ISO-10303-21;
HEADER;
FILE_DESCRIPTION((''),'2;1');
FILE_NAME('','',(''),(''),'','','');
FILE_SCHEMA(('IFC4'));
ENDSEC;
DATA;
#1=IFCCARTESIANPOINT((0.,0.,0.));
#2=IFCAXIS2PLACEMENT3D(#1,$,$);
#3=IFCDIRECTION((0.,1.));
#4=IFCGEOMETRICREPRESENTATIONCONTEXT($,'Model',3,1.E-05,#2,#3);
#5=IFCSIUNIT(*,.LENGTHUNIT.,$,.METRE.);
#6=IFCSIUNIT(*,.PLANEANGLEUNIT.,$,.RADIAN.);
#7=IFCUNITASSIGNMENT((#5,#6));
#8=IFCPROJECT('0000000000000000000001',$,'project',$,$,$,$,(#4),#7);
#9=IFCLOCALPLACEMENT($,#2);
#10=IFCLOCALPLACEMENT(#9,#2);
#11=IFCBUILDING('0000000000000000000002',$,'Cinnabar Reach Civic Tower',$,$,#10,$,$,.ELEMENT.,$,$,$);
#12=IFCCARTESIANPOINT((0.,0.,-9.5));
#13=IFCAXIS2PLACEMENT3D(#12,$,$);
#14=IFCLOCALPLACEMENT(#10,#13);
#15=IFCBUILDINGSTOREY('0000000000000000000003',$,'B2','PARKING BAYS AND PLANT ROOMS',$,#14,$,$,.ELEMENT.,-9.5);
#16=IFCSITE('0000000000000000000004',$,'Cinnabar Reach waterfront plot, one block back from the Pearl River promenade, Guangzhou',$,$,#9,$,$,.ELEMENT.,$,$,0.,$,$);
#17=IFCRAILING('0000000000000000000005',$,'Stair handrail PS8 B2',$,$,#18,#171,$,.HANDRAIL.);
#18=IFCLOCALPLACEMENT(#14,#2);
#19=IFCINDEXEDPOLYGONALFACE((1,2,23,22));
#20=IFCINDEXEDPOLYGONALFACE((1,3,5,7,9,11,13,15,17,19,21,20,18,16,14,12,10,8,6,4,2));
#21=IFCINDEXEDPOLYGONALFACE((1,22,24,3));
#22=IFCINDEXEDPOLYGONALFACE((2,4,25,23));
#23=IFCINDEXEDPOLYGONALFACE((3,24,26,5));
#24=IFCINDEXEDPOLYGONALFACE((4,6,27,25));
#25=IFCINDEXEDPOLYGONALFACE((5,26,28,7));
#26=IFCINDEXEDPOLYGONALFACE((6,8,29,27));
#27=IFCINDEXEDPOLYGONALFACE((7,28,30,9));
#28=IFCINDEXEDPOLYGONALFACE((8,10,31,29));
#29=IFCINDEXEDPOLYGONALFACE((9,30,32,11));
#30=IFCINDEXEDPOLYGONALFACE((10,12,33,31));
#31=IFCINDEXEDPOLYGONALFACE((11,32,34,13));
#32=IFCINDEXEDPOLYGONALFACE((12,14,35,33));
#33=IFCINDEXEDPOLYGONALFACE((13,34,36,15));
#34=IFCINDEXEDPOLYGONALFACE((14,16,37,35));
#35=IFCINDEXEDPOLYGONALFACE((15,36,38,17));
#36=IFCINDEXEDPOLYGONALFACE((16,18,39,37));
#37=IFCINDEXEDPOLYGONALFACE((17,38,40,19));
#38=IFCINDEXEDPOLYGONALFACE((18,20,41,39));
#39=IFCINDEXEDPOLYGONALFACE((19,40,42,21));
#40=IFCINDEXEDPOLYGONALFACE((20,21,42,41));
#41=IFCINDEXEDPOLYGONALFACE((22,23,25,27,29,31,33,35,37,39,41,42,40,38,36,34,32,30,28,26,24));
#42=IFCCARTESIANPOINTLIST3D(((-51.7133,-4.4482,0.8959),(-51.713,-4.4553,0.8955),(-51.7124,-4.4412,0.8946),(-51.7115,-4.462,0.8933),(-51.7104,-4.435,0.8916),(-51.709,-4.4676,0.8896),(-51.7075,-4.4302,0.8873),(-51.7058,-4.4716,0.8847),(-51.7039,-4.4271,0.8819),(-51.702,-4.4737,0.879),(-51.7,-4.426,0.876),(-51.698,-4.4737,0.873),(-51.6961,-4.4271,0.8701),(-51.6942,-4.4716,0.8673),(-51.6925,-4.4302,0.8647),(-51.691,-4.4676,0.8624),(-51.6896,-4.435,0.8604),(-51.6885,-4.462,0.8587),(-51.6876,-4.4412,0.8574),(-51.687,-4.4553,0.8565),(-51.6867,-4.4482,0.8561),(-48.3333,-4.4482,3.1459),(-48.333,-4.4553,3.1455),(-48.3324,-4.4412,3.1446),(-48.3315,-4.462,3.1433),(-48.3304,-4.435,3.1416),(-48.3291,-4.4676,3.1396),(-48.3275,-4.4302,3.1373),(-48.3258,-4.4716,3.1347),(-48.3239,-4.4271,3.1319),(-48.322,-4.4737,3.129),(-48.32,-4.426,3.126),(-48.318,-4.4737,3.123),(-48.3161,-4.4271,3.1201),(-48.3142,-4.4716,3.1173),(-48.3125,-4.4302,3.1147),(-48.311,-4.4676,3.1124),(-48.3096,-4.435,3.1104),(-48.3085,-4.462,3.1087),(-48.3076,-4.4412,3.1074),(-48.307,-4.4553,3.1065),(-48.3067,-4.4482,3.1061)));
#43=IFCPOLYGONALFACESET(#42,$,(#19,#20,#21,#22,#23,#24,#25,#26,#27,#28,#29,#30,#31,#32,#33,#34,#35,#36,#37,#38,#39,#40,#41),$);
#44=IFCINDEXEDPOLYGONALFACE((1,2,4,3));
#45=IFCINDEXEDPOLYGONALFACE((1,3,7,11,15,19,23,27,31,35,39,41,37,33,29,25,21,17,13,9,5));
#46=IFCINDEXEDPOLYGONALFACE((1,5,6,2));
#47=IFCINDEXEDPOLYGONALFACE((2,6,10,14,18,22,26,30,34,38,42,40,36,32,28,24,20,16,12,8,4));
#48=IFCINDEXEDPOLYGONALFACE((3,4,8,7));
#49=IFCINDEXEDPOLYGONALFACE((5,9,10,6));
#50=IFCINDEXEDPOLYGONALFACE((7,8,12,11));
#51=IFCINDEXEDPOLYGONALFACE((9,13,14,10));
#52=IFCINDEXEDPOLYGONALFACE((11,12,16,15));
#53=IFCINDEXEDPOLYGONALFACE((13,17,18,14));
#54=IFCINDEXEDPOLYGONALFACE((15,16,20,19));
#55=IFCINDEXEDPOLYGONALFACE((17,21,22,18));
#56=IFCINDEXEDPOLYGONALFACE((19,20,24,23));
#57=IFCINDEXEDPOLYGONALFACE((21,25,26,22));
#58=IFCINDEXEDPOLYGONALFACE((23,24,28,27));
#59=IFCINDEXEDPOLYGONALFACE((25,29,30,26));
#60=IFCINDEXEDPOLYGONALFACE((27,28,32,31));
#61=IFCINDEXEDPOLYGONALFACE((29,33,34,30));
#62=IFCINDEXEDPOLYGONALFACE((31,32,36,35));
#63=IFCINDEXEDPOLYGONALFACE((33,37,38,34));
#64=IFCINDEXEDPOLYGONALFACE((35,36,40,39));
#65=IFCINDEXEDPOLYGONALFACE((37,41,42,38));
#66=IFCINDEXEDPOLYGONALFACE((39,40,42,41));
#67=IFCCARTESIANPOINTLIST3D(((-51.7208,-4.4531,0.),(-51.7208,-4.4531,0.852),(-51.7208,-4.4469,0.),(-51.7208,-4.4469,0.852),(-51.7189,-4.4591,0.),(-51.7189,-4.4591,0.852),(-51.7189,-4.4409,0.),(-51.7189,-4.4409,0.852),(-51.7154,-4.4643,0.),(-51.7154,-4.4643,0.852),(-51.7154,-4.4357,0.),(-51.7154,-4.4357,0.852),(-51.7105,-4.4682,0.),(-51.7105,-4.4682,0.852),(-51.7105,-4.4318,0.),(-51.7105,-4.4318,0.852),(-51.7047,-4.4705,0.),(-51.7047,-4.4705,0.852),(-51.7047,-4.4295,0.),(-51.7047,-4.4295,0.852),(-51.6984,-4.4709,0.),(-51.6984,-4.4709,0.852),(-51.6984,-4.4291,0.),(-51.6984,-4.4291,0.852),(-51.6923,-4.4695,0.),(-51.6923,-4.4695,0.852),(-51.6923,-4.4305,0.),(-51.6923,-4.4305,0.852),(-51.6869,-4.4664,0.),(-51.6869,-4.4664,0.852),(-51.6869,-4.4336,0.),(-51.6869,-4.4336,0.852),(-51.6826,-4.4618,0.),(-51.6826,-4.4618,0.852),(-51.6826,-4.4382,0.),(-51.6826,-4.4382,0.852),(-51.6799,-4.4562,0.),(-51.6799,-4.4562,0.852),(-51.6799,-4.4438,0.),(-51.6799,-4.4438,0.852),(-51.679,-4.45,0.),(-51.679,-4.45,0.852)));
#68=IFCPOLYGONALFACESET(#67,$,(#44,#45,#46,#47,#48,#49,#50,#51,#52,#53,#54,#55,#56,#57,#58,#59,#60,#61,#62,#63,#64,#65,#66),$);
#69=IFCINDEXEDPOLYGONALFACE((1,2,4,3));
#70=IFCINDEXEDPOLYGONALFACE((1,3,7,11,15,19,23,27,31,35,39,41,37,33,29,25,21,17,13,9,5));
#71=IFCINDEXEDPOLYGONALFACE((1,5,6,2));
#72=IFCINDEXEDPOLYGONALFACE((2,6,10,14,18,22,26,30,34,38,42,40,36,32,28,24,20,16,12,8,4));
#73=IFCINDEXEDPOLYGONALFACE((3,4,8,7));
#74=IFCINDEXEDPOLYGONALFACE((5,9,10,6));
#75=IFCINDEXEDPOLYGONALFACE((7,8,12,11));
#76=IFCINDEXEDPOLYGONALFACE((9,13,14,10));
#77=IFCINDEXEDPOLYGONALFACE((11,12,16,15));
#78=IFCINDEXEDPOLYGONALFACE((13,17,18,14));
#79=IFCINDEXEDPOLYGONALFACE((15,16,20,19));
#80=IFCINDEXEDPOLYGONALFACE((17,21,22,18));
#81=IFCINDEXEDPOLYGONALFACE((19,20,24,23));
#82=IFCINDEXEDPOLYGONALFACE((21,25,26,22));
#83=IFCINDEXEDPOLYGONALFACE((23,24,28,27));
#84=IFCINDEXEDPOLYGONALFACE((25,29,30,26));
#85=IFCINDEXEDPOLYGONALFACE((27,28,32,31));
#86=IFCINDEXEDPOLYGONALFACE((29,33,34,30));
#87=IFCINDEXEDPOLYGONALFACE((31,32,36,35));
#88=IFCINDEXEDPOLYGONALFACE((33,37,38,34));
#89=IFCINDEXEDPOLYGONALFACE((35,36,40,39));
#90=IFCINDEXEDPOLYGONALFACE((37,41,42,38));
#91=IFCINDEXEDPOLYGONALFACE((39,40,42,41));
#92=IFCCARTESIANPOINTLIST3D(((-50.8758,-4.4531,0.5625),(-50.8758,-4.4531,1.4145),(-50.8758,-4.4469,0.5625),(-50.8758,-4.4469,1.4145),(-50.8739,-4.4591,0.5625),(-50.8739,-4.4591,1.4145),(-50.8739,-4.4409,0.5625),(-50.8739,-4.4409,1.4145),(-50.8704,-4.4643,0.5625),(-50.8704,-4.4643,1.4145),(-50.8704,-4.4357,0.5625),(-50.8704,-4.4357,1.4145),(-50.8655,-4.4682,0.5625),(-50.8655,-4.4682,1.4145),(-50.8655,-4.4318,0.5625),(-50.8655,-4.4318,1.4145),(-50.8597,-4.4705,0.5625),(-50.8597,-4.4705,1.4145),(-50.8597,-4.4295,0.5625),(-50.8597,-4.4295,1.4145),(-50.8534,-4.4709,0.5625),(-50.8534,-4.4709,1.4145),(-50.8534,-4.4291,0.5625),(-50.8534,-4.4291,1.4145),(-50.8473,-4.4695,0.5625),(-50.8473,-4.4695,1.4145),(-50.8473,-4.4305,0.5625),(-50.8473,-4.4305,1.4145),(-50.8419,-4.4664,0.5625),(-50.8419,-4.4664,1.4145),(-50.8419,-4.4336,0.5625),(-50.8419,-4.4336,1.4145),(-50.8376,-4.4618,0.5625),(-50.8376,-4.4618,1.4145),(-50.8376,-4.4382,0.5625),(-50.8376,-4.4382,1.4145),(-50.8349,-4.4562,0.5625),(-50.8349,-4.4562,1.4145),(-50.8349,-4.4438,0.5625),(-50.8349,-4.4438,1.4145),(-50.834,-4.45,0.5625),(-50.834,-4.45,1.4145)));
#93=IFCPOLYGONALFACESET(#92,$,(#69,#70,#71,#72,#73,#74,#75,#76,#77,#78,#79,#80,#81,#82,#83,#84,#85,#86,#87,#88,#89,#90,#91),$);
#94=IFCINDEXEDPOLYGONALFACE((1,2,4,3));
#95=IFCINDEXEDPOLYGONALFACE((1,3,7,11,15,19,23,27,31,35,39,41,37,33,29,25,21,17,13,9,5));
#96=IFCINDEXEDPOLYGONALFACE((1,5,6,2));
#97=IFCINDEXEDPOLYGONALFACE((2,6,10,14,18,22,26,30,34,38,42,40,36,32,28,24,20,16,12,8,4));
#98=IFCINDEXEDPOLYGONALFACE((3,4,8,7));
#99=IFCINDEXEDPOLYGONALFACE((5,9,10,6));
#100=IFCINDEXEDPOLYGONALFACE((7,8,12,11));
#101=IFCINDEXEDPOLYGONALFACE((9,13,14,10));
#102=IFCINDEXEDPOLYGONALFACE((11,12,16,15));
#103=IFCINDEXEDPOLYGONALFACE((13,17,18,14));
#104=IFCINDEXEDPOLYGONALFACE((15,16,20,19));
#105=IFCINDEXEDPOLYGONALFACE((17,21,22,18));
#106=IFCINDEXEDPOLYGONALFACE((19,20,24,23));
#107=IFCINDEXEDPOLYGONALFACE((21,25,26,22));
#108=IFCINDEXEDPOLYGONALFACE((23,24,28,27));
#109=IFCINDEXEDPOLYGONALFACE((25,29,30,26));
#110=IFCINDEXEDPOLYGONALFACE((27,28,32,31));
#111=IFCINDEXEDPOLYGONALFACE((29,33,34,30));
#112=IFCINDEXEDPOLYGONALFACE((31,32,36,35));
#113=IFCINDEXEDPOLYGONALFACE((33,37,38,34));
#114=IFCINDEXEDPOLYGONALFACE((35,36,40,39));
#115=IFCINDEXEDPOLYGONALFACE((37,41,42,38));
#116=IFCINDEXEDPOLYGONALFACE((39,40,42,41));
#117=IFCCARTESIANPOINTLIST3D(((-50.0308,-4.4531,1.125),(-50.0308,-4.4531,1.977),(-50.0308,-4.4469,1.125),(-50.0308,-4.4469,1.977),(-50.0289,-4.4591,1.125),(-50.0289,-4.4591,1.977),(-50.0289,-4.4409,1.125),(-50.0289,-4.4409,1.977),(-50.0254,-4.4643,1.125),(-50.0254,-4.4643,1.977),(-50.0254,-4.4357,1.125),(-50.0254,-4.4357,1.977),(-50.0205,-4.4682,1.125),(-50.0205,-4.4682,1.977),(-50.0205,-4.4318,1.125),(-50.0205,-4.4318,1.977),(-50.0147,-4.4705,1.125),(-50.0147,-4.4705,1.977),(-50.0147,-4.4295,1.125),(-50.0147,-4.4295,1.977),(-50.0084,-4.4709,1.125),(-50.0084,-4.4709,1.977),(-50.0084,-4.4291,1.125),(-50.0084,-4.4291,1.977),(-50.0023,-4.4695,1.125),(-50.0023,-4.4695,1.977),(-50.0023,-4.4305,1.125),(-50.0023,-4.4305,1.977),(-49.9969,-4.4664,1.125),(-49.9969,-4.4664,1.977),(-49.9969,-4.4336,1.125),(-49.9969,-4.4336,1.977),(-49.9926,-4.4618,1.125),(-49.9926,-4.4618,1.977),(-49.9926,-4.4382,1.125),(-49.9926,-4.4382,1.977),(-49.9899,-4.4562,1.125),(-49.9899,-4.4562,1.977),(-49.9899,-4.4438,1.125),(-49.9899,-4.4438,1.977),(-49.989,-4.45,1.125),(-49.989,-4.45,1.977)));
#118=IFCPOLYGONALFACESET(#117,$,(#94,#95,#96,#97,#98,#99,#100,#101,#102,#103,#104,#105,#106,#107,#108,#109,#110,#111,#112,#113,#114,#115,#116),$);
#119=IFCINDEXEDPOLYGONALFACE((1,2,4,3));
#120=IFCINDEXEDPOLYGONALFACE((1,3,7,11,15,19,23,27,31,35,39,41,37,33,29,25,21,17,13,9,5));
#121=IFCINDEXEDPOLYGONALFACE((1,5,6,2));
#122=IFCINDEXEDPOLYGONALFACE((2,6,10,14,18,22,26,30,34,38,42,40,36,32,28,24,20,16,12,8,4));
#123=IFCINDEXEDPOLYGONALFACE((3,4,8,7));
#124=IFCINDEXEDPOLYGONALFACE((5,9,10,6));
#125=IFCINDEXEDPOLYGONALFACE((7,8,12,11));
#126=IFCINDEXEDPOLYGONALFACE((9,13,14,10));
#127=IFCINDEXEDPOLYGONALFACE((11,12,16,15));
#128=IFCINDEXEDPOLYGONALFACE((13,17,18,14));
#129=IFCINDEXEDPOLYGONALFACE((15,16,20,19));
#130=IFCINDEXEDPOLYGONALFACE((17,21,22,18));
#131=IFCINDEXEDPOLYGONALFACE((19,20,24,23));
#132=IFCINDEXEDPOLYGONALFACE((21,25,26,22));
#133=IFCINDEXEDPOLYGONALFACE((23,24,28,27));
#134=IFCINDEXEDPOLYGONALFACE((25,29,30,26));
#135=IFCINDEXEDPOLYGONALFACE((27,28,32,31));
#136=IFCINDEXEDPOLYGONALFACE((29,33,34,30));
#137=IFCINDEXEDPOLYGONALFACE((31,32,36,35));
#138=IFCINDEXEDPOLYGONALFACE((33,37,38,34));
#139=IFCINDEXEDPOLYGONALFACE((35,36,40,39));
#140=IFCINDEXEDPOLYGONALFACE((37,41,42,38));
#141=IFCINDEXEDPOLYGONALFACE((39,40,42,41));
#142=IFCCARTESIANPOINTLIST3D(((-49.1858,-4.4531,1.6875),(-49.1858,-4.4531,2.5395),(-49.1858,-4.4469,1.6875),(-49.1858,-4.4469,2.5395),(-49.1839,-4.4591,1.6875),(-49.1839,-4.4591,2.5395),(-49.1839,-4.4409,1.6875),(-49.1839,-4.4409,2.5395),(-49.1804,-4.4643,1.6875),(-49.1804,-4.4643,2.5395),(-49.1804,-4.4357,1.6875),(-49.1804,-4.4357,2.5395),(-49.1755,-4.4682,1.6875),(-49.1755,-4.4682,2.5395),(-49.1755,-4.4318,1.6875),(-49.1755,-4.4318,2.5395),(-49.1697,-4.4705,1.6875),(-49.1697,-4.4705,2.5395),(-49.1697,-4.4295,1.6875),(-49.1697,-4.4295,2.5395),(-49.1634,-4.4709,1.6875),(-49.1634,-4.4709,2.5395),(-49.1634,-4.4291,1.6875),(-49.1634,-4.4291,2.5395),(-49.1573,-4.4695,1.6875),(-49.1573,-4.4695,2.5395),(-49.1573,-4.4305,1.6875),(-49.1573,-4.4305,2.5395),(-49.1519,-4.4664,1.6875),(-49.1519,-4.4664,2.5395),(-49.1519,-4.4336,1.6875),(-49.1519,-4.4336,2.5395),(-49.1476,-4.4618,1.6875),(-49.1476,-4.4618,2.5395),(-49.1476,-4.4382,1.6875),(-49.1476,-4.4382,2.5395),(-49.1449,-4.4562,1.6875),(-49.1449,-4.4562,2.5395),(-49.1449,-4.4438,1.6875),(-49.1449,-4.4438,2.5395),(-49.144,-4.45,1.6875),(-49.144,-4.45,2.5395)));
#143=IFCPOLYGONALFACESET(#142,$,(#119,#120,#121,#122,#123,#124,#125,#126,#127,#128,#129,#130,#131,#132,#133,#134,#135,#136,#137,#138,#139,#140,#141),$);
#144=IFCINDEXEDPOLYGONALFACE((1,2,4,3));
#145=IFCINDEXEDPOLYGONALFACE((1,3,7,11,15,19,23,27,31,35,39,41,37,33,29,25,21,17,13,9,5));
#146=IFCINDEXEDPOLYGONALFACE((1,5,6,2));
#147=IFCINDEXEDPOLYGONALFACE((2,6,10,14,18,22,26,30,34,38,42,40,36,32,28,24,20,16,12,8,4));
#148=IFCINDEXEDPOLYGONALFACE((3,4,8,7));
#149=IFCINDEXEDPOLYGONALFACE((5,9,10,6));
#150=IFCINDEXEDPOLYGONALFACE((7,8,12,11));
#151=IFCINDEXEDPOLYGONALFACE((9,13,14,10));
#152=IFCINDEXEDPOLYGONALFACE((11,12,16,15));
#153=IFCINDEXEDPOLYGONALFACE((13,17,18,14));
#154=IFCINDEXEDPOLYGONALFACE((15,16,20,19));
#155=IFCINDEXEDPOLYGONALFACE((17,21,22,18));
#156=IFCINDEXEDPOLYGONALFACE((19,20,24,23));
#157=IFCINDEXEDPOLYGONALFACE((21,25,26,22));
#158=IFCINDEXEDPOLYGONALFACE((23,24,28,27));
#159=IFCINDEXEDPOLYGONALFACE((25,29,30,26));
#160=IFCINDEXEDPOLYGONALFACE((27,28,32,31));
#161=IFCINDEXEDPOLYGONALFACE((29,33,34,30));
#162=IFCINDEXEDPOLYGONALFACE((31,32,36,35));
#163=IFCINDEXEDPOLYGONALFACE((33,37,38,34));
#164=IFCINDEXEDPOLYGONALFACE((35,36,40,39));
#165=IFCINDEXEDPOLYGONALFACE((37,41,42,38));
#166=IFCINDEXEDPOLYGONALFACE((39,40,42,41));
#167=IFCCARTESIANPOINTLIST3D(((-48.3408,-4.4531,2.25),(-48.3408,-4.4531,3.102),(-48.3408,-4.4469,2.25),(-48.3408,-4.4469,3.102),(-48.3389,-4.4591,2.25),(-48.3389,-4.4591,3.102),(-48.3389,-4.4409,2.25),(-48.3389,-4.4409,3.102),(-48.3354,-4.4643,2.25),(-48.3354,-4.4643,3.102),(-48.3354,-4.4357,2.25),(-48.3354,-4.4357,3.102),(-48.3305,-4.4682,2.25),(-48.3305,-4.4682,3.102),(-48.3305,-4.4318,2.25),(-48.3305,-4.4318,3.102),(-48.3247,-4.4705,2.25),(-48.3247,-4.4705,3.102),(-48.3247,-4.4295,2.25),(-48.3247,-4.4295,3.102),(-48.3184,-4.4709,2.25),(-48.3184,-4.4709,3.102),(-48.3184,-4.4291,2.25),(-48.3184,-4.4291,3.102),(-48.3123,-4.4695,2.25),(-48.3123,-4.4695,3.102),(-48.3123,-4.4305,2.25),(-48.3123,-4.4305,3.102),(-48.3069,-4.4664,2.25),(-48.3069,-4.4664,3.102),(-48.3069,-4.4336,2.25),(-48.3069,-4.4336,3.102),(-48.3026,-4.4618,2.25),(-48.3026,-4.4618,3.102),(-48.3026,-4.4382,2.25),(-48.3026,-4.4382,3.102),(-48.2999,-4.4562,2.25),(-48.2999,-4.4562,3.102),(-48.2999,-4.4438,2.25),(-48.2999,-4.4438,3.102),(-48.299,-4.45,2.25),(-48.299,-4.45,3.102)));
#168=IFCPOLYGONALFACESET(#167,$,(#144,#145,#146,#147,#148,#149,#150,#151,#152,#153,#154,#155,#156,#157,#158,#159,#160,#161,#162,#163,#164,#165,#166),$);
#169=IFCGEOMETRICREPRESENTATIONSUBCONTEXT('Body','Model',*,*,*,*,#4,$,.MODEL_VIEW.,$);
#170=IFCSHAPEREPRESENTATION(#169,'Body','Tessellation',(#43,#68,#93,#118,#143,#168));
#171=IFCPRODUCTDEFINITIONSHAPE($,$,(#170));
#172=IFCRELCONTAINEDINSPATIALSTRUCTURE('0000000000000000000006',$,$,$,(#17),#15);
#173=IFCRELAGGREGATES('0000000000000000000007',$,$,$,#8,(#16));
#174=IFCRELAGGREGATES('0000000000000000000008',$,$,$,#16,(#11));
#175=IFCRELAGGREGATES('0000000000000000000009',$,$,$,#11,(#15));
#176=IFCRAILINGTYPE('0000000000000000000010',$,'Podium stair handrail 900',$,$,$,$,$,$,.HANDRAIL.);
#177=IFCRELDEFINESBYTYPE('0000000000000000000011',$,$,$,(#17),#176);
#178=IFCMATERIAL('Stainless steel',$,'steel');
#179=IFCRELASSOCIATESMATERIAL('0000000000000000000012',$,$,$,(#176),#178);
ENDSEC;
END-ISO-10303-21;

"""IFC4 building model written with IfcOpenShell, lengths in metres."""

from ifc_helpers import new_model, si_unit, direction, frame, origin, origin_2d, place, context, subcontext, project, spatial, circle, extrude, material, type_object, element, save


model = new_model("IFC4")

# Units and contexts
model_context = context("Model", 3, precision=1e-05, world=origin(), true_north=direction((0.0, 1.0)))
body_context = subcontext(model_context, "Body", "Model", "MODEL_VIEW")
ifc_project = project(units=[si_unit("LENGTHUNIT", "METRE"), si_unit("PLANEANGLEUNIT", "RADIAN")], contexts=[model_context])

# Site, building, storey
site_placement = place(None, origin())
site = spatial("IfcSite", under=ifc_project, at=site_placement, Name="Cinnabar Reach waterfront plot, one block back from the Pearl River promenade, Guangzhou", CompositionType="ELEMENT", RefElevation=0.0)
building_placement = place(site_placement, origin())
building = spatial("IfcBuilding", under=site, at=building_placement, Name="Cinnabar Reach Civic Tower", CompositionType="ELEMENT")
storey_placement = place(building_placement, frame((0.0, 0.0, -9.5)))
storey = spatial("IfcBuildingStorey", under=building, at=storey_placement, Name="B2", Description="PARKING BAYS AND PLANT ROOMS", CompositionType="ELEMENT", Elevation=-9.5)

# Railing
ifc_material_1 = material(Name="Stainless steel", Category="steel")
railing_type_1 = type_object("IfcRailingType", Name="Podium stair handrail 900", PredefinedType="HANDRAIL", material=ifc_material_1)
railing_1_placement = place(storey_placement, frame((-51.7, -4.45, 0.0)))
element("IfcRailing", 1, at=railing_1_placement, inside=storey, type_object=railing_type_1, Name="Stair handrail PS8 B2", PredefinedType="HANDRAIL", context=body_context, shape_type="SweptSolid", body=[
    extrude(circle(Radius=0.024, at=origin_2d()), frame((0.0, 0.0, 0.876), z_axis=(0.832429, 0.0, 0.554132), x_axis=(0.0, 1.0, 0.0)), (0.0, 0.0, 1.0), 4.0604),
    extrude(circle(Radius=0.021, at=origin_2d()), origin(), (0.0, 0.0, 1.0), 0.852),
    extrude(circle(Radius=0.021, at=origin_2d()), frame((0.845, 0.0, 0.5625)), (0.0, 0.0, 1.0), 0.852),
    extrude(circle(Radius=0.021, at=origin_2d()), frame((1.69, 0.0, 1.125)), (0.0, 0.0, 1.0), 0.852),
    extrude(circle(Radius=0.021, at=origin_2d()), frame((2.535, 0.0, 1.6875)), (0.0, 0.0, 1.0), 0.852),
    extrude(circle(Radius=0.021, at=origin_2d()), frame((3.38, 0.0, 2.25)), (0.0, 0.0, 1.0), 0.852),
])

save(model, "model.ifc")
